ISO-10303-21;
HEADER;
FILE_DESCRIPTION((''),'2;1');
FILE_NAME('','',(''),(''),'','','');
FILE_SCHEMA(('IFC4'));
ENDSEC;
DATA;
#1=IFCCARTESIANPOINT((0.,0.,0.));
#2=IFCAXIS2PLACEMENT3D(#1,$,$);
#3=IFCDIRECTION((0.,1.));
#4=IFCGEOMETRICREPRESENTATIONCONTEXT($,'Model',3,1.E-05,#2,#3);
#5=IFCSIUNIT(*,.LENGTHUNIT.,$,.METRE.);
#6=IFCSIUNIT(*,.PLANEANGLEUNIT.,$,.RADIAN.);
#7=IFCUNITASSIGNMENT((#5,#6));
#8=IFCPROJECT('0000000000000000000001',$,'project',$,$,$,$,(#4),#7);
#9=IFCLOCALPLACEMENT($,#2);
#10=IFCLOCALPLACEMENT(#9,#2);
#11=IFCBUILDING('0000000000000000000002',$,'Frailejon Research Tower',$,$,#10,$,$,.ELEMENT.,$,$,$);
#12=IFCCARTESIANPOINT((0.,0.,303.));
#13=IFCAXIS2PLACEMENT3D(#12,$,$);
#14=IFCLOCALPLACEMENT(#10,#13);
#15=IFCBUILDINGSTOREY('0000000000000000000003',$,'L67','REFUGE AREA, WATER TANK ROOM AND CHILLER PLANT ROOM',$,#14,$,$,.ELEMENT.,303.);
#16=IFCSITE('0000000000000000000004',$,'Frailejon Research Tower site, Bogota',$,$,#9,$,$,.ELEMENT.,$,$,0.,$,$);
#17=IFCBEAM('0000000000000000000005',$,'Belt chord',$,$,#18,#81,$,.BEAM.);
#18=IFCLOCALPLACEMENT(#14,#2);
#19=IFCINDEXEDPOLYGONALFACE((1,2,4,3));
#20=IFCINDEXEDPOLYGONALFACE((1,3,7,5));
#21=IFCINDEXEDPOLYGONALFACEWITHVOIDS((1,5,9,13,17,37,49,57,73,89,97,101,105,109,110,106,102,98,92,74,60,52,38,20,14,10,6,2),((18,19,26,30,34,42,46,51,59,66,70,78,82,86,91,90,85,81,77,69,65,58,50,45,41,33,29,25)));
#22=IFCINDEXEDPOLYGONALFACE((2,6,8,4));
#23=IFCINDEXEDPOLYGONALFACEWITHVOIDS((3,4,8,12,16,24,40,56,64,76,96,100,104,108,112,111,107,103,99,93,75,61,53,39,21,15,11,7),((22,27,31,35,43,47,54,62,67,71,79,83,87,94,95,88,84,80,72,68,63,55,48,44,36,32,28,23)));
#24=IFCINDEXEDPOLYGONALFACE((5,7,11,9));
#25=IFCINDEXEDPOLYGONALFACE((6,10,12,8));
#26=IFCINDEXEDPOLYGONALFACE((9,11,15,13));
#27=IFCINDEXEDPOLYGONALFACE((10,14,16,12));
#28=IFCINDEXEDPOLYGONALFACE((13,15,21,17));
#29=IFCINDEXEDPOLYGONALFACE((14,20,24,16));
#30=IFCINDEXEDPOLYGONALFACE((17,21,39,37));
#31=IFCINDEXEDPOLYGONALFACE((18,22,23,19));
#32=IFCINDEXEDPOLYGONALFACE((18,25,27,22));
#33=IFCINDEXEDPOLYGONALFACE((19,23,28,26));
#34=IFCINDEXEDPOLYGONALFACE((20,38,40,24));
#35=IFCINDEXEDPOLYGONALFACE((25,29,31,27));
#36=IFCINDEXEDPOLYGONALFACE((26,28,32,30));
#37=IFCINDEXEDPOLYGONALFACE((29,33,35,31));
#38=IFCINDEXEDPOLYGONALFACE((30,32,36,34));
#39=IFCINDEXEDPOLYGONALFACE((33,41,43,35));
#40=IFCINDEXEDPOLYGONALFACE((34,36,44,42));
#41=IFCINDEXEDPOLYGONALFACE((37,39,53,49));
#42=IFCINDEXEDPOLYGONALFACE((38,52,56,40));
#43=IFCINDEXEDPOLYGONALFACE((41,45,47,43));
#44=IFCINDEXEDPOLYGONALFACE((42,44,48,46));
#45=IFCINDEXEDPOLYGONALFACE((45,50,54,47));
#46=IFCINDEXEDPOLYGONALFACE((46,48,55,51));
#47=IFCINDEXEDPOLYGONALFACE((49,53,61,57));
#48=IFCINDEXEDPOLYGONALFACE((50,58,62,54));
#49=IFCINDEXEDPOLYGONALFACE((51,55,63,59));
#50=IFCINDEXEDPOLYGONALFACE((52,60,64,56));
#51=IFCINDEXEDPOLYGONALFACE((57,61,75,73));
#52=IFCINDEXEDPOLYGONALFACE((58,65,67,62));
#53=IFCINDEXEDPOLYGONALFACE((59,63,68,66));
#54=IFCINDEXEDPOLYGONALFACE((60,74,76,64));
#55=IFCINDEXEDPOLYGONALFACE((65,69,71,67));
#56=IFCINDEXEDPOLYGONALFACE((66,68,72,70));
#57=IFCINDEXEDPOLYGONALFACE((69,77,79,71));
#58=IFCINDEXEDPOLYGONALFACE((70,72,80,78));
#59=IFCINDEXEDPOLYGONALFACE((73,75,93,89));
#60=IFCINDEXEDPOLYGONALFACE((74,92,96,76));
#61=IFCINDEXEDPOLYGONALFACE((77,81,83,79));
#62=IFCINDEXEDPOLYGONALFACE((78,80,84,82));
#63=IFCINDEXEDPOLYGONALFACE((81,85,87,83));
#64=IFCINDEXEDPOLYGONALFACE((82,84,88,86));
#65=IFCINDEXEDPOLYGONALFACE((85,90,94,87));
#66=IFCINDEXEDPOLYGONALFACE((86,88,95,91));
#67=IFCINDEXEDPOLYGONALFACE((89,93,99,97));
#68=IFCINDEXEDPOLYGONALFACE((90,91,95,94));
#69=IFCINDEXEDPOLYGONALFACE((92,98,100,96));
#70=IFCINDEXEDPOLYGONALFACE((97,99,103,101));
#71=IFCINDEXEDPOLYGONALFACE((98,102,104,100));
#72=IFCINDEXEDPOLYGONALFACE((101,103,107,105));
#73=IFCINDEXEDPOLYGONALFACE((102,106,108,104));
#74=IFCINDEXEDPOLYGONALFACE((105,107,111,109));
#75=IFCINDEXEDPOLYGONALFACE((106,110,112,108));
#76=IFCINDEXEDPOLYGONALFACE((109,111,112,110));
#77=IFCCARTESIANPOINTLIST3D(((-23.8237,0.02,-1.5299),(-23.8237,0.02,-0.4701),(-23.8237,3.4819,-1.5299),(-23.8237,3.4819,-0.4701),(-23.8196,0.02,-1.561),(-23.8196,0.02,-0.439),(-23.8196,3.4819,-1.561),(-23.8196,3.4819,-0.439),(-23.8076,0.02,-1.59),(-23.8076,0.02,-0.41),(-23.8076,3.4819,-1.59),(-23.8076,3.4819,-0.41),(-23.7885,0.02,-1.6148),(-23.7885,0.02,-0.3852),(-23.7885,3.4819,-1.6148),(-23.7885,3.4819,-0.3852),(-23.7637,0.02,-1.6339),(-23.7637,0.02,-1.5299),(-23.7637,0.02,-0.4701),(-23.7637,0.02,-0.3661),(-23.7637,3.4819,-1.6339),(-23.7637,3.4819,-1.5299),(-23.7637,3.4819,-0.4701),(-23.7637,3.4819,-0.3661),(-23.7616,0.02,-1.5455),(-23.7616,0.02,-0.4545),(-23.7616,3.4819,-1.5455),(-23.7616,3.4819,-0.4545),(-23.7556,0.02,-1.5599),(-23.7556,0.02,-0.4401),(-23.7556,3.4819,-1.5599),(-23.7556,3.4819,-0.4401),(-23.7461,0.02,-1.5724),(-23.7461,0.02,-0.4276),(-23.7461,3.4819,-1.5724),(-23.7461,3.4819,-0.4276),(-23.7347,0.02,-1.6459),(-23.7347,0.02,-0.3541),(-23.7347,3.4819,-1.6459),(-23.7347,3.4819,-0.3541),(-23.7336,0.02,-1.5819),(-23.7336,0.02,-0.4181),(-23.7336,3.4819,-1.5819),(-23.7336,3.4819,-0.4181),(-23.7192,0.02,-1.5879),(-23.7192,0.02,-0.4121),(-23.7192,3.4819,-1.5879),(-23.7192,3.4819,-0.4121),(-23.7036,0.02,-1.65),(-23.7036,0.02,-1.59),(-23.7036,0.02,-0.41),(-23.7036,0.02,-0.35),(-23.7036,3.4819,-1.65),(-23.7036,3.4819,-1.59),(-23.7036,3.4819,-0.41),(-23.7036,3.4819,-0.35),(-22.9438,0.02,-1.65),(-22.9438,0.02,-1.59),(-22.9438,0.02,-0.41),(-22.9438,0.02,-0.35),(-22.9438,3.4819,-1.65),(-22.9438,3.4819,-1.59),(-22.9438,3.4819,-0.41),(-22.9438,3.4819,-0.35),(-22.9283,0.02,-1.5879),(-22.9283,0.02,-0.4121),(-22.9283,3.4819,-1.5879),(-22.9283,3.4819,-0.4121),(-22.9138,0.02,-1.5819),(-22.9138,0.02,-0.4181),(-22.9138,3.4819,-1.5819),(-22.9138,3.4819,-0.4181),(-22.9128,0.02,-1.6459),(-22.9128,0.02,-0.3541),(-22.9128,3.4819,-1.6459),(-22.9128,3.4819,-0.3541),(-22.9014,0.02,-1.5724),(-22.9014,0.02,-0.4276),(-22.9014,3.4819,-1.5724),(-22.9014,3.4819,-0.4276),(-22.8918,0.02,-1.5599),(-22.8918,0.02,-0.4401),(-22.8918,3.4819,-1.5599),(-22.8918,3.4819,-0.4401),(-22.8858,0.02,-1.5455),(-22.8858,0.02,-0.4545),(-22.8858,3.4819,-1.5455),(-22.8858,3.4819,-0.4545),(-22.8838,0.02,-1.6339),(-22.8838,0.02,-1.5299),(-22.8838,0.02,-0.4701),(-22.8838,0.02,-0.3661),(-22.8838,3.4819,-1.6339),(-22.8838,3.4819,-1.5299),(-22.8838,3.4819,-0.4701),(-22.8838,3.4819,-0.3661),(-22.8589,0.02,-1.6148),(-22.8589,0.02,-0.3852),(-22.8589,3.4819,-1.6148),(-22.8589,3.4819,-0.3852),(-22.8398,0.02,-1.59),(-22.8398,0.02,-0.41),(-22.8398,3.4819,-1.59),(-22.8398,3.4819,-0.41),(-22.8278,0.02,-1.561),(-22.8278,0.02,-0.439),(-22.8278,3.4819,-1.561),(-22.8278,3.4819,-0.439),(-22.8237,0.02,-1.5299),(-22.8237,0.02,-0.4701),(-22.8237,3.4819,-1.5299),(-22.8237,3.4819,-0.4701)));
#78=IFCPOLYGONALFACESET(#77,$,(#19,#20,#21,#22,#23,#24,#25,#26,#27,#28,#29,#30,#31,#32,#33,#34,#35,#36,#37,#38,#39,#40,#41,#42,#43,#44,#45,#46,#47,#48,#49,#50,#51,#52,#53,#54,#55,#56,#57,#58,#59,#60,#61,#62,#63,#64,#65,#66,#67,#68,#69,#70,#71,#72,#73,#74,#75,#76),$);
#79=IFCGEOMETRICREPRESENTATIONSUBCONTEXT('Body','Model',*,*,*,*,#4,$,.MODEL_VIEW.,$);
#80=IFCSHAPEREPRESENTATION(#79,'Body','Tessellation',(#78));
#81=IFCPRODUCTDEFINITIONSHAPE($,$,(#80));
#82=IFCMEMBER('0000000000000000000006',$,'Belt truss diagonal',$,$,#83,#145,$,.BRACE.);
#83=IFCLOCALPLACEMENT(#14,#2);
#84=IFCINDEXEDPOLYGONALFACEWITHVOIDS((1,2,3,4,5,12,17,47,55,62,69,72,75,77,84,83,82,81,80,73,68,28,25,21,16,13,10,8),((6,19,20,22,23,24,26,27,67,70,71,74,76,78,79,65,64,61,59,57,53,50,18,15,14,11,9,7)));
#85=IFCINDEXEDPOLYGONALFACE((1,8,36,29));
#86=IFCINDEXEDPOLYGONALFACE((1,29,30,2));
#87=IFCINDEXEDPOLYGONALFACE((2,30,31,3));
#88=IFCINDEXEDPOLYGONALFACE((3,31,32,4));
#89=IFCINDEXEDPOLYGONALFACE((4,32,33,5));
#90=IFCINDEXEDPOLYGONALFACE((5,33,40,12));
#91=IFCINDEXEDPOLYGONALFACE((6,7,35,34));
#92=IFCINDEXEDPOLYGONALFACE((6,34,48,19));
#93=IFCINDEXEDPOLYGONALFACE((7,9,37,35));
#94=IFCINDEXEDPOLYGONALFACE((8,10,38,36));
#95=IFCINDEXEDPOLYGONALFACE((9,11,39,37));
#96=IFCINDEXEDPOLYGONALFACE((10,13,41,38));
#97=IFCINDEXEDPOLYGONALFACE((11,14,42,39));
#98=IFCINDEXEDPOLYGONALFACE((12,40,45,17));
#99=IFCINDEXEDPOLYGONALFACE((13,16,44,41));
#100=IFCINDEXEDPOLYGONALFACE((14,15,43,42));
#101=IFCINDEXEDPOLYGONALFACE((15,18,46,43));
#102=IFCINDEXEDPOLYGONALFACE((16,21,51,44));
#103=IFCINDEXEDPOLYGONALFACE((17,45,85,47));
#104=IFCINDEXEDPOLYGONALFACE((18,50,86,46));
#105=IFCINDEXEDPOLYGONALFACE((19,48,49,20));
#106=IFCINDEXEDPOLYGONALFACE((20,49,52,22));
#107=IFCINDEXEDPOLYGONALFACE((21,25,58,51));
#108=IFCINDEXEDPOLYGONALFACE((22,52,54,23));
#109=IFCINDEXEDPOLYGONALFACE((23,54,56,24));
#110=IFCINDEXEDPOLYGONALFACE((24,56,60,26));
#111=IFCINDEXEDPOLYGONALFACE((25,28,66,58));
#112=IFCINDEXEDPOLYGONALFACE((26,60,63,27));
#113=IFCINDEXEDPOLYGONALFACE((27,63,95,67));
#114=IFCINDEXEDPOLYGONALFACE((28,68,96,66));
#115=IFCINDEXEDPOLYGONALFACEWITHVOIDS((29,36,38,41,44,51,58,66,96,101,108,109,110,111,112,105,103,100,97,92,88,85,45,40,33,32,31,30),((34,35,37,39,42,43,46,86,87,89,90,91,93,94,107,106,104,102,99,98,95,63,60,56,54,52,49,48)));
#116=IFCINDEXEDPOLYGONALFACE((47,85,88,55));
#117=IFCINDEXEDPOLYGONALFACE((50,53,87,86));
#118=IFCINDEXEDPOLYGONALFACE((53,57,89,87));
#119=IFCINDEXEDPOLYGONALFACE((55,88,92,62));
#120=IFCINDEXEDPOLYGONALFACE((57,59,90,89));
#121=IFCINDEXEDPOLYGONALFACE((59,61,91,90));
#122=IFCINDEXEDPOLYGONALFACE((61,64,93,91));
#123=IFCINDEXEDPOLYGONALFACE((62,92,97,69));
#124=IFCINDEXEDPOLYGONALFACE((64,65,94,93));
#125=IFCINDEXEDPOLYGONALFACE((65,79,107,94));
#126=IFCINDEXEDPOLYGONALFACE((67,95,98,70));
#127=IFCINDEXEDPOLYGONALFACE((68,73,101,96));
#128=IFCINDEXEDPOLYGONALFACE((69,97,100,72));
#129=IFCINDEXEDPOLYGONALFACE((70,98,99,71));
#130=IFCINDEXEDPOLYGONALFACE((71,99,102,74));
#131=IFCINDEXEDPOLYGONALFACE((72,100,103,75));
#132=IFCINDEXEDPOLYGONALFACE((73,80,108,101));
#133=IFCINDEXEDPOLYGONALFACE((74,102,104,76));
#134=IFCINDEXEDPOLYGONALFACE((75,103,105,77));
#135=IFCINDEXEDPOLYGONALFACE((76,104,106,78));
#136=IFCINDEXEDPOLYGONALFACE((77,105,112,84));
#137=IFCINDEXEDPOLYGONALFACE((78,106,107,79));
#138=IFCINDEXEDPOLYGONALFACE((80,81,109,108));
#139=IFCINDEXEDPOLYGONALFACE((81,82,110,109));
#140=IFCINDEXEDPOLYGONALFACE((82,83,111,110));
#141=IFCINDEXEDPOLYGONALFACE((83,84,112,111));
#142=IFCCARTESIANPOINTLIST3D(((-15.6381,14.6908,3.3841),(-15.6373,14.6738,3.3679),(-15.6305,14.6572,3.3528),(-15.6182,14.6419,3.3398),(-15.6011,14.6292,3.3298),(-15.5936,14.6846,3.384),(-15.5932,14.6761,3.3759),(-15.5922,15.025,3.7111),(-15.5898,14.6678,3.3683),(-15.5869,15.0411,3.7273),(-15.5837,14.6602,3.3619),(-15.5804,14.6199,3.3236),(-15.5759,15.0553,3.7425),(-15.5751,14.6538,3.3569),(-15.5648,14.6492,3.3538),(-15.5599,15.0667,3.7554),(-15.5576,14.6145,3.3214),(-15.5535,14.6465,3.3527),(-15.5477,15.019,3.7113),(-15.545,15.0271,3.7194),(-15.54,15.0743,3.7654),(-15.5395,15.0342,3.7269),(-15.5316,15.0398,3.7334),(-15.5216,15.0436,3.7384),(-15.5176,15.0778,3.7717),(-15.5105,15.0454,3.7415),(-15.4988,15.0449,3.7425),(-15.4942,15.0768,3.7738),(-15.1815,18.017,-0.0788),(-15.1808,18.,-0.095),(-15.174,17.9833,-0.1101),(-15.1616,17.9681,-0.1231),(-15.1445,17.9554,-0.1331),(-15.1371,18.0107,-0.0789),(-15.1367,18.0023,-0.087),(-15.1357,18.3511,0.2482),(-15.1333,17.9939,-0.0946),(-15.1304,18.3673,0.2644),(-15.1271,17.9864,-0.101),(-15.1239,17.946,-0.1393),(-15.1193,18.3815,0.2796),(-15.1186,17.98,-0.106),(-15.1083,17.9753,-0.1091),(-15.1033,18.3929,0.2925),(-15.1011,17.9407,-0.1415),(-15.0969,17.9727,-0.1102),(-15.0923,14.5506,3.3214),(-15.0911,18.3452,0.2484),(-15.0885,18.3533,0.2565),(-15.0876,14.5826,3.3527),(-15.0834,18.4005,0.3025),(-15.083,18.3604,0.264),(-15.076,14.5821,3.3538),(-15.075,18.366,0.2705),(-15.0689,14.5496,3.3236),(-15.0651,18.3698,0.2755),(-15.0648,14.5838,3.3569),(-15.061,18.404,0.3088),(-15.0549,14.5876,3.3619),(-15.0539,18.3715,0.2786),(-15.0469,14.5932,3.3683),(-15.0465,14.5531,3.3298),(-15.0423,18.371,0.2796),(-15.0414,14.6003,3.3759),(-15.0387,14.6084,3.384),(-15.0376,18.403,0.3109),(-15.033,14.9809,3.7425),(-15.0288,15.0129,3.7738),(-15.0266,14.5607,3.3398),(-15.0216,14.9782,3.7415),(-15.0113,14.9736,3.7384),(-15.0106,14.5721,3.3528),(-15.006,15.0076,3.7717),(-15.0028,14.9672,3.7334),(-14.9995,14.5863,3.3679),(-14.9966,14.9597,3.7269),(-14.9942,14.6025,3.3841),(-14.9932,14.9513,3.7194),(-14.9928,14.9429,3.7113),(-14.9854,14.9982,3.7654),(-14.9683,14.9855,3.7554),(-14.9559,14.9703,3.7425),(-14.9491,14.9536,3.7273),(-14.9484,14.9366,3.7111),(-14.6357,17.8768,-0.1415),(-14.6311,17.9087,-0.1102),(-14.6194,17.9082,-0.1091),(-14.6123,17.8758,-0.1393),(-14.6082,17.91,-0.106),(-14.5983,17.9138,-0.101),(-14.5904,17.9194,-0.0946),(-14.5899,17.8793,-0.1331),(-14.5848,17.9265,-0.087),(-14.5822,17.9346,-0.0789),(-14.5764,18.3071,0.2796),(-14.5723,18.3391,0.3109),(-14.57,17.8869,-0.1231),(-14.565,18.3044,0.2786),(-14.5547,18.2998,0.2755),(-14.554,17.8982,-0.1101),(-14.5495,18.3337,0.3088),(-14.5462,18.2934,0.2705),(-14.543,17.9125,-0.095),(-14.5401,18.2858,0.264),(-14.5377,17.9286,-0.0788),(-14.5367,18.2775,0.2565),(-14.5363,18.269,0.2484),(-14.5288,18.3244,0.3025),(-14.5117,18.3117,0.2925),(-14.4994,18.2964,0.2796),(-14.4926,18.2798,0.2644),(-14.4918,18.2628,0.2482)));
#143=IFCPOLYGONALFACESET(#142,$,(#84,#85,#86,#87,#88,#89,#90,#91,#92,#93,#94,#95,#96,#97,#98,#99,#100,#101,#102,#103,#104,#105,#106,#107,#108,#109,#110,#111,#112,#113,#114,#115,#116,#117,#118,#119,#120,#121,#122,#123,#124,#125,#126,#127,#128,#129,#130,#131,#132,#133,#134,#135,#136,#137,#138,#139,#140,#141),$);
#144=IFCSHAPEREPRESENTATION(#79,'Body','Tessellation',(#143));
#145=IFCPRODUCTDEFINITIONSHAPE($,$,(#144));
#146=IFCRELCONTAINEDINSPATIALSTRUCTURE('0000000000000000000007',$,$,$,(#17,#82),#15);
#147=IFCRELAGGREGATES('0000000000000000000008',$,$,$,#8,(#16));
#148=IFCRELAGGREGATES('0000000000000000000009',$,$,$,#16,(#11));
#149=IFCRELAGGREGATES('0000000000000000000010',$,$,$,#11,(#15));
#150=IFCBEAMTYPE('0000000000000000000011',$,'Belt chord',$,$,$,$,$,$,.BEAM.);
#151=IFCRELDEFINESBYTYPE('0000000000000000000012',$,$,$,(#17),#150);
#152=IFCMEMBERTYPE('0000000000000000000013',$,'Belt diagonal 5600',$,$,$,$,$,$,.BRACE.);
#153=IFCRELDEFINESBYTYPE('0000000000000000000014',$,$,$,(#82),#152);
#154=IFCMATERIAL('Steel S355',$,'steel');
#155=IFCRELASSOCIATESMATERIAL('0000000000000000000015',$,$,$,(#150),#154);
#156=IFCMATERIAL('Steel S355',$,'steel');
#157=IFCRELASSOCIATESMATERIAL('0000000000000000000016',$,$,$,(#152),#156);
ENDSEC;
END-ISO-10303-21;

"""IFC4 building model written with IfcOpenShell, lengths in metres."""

from ifc_helpers import new_model, si_unit, direction, frame, origin, origin_2d, place, context, subcontext, project, spatial, hollow_rectangle, extrude, material, material_profile, profile_set, type_object, element, save


model = new_model("IFC4")

# Units and contexts
model_context = context("Model", 3, precision=1e-05, world=origin(), true_north=direction((0.0, 1.0)))
body_context = subcontext(model_context, "Body", "Model", "MODEL_VIEW")
ifc_project = project(units=[si_unit("LENGTHUNIT", "METRE"), si_unit("PLANEANGLEUNIT", "RADIAN")], contexts=[model_context])

# Site, building, storey
site_placement = place(None, origin())
site = spatial("IfcSite", under=ifc_project, at=site_placement, Name="Frailejon Research Tower site, Bogota", CompositionType="ELEMENT", RefElevation=0.0)
building_placement = place(site_placement, origin())
building = spatial("IfcBuilding", under=site, at=building_placement, Name="Frailejon Research Tower", CompositionType="ELEMENT")
storey_placement = place(building_placement, frame((0.0, 0.0, 303.0)))
storey = spatial("IfcBuildingStorey", under=building, at=storey_placement, Name="L67", Description="REFUGE AREA, WATER TANK ROOM AND CHILLER PLANT ROOM", CompositionType="ELEMENT", Elevation=303.0)

# Beam
ifc_material_1 = material(Name="Steel S355", Category="steel")
ifc_material_profile_1 = material_profile(ifc_material_1, hollow_rectangle(XDim=1.0, YDim=1.3, WallThickness=0.0601, InnerFilletRadius=0.0601, OuterFilletRadius=0.1201, at=origin_2d()), Name="Belt chord")
ifc_profile_set_1 = profile_set([ifc_material_profile_1], Name="Steel S355")
beam_type_1 = type_object("IfcBeamType", Name="Belt chord", PredefinedType="BEAM", material=ifc_profile_set_1)
beam_1_placement = place(storey_placement, frame((-23.3237, 3.4819, -1.0), z_axis=(0.0, -1.0, 0.0), x_axis=(1.0, 0.0, 0.0)))
element("IfcBeam", 1, at=beam_1_placement, inside=storey, type_object=beam_type_1, Name="Belt chord", PredefinedType="BEAM", context=body_context, shape_type="SweptSolid", body=[
    extrude(hollow_rectangle(XDim=1.0, YDim=1.3, WallThickness=0.0601, InnerFilletRadius=0.0601, OuterFilletRadius=0.1201, at=origin_2d()), origin(), (0.0, 0.0, 1.0), 3.4619),
])

# Member
ifc_material_2 = material(Name="Steel S355", Category="steel")
ifc_material_profile_2 = material_profile(ifc_material_2, hollow_rectangle(XDim=0.6499, YDim=0.6499, WallThickness=0.0449, InnerFilletRadius=0.0449, OuterFilletRadius=0.0901, at=origin_2d()), Name="Belt diagonal 5600")
ifc_profile_set_2 = profile_set([ifc_material_profile_2], Name="Steel S355")
member_type = type_object("IfcMemberType", Name="Belt diagonal 5600", PredefinedType="BRACE", material=ifc_profile_set_2)
member_1_placement = place(storey_placement, frame((-14.8367, 18.1399, 0.0847), z_axis=(-0.094655, -0.689616, 0.717962), x_axis=(0.990711, -0.135983, 0.0)))
element("IfcMember", 2, at=member_1_placement, inside=storey, type_object=member_type, Name="Belt truss diagonal", PredefinedType="BRACE", context=body_context, shape_type="SweptSolid", body=[
    extrude(hollow_rectangle(XDim=0.6499, YDim=0.6499, WallThickness=0.0449, InnerFilletRadius=0.0449, OuterFilletRadius=0.0901, at=origin_2d()), origin(), (0.0, 0.0, 1.0), 4.8232),
])

save(model, "model.ifc")
